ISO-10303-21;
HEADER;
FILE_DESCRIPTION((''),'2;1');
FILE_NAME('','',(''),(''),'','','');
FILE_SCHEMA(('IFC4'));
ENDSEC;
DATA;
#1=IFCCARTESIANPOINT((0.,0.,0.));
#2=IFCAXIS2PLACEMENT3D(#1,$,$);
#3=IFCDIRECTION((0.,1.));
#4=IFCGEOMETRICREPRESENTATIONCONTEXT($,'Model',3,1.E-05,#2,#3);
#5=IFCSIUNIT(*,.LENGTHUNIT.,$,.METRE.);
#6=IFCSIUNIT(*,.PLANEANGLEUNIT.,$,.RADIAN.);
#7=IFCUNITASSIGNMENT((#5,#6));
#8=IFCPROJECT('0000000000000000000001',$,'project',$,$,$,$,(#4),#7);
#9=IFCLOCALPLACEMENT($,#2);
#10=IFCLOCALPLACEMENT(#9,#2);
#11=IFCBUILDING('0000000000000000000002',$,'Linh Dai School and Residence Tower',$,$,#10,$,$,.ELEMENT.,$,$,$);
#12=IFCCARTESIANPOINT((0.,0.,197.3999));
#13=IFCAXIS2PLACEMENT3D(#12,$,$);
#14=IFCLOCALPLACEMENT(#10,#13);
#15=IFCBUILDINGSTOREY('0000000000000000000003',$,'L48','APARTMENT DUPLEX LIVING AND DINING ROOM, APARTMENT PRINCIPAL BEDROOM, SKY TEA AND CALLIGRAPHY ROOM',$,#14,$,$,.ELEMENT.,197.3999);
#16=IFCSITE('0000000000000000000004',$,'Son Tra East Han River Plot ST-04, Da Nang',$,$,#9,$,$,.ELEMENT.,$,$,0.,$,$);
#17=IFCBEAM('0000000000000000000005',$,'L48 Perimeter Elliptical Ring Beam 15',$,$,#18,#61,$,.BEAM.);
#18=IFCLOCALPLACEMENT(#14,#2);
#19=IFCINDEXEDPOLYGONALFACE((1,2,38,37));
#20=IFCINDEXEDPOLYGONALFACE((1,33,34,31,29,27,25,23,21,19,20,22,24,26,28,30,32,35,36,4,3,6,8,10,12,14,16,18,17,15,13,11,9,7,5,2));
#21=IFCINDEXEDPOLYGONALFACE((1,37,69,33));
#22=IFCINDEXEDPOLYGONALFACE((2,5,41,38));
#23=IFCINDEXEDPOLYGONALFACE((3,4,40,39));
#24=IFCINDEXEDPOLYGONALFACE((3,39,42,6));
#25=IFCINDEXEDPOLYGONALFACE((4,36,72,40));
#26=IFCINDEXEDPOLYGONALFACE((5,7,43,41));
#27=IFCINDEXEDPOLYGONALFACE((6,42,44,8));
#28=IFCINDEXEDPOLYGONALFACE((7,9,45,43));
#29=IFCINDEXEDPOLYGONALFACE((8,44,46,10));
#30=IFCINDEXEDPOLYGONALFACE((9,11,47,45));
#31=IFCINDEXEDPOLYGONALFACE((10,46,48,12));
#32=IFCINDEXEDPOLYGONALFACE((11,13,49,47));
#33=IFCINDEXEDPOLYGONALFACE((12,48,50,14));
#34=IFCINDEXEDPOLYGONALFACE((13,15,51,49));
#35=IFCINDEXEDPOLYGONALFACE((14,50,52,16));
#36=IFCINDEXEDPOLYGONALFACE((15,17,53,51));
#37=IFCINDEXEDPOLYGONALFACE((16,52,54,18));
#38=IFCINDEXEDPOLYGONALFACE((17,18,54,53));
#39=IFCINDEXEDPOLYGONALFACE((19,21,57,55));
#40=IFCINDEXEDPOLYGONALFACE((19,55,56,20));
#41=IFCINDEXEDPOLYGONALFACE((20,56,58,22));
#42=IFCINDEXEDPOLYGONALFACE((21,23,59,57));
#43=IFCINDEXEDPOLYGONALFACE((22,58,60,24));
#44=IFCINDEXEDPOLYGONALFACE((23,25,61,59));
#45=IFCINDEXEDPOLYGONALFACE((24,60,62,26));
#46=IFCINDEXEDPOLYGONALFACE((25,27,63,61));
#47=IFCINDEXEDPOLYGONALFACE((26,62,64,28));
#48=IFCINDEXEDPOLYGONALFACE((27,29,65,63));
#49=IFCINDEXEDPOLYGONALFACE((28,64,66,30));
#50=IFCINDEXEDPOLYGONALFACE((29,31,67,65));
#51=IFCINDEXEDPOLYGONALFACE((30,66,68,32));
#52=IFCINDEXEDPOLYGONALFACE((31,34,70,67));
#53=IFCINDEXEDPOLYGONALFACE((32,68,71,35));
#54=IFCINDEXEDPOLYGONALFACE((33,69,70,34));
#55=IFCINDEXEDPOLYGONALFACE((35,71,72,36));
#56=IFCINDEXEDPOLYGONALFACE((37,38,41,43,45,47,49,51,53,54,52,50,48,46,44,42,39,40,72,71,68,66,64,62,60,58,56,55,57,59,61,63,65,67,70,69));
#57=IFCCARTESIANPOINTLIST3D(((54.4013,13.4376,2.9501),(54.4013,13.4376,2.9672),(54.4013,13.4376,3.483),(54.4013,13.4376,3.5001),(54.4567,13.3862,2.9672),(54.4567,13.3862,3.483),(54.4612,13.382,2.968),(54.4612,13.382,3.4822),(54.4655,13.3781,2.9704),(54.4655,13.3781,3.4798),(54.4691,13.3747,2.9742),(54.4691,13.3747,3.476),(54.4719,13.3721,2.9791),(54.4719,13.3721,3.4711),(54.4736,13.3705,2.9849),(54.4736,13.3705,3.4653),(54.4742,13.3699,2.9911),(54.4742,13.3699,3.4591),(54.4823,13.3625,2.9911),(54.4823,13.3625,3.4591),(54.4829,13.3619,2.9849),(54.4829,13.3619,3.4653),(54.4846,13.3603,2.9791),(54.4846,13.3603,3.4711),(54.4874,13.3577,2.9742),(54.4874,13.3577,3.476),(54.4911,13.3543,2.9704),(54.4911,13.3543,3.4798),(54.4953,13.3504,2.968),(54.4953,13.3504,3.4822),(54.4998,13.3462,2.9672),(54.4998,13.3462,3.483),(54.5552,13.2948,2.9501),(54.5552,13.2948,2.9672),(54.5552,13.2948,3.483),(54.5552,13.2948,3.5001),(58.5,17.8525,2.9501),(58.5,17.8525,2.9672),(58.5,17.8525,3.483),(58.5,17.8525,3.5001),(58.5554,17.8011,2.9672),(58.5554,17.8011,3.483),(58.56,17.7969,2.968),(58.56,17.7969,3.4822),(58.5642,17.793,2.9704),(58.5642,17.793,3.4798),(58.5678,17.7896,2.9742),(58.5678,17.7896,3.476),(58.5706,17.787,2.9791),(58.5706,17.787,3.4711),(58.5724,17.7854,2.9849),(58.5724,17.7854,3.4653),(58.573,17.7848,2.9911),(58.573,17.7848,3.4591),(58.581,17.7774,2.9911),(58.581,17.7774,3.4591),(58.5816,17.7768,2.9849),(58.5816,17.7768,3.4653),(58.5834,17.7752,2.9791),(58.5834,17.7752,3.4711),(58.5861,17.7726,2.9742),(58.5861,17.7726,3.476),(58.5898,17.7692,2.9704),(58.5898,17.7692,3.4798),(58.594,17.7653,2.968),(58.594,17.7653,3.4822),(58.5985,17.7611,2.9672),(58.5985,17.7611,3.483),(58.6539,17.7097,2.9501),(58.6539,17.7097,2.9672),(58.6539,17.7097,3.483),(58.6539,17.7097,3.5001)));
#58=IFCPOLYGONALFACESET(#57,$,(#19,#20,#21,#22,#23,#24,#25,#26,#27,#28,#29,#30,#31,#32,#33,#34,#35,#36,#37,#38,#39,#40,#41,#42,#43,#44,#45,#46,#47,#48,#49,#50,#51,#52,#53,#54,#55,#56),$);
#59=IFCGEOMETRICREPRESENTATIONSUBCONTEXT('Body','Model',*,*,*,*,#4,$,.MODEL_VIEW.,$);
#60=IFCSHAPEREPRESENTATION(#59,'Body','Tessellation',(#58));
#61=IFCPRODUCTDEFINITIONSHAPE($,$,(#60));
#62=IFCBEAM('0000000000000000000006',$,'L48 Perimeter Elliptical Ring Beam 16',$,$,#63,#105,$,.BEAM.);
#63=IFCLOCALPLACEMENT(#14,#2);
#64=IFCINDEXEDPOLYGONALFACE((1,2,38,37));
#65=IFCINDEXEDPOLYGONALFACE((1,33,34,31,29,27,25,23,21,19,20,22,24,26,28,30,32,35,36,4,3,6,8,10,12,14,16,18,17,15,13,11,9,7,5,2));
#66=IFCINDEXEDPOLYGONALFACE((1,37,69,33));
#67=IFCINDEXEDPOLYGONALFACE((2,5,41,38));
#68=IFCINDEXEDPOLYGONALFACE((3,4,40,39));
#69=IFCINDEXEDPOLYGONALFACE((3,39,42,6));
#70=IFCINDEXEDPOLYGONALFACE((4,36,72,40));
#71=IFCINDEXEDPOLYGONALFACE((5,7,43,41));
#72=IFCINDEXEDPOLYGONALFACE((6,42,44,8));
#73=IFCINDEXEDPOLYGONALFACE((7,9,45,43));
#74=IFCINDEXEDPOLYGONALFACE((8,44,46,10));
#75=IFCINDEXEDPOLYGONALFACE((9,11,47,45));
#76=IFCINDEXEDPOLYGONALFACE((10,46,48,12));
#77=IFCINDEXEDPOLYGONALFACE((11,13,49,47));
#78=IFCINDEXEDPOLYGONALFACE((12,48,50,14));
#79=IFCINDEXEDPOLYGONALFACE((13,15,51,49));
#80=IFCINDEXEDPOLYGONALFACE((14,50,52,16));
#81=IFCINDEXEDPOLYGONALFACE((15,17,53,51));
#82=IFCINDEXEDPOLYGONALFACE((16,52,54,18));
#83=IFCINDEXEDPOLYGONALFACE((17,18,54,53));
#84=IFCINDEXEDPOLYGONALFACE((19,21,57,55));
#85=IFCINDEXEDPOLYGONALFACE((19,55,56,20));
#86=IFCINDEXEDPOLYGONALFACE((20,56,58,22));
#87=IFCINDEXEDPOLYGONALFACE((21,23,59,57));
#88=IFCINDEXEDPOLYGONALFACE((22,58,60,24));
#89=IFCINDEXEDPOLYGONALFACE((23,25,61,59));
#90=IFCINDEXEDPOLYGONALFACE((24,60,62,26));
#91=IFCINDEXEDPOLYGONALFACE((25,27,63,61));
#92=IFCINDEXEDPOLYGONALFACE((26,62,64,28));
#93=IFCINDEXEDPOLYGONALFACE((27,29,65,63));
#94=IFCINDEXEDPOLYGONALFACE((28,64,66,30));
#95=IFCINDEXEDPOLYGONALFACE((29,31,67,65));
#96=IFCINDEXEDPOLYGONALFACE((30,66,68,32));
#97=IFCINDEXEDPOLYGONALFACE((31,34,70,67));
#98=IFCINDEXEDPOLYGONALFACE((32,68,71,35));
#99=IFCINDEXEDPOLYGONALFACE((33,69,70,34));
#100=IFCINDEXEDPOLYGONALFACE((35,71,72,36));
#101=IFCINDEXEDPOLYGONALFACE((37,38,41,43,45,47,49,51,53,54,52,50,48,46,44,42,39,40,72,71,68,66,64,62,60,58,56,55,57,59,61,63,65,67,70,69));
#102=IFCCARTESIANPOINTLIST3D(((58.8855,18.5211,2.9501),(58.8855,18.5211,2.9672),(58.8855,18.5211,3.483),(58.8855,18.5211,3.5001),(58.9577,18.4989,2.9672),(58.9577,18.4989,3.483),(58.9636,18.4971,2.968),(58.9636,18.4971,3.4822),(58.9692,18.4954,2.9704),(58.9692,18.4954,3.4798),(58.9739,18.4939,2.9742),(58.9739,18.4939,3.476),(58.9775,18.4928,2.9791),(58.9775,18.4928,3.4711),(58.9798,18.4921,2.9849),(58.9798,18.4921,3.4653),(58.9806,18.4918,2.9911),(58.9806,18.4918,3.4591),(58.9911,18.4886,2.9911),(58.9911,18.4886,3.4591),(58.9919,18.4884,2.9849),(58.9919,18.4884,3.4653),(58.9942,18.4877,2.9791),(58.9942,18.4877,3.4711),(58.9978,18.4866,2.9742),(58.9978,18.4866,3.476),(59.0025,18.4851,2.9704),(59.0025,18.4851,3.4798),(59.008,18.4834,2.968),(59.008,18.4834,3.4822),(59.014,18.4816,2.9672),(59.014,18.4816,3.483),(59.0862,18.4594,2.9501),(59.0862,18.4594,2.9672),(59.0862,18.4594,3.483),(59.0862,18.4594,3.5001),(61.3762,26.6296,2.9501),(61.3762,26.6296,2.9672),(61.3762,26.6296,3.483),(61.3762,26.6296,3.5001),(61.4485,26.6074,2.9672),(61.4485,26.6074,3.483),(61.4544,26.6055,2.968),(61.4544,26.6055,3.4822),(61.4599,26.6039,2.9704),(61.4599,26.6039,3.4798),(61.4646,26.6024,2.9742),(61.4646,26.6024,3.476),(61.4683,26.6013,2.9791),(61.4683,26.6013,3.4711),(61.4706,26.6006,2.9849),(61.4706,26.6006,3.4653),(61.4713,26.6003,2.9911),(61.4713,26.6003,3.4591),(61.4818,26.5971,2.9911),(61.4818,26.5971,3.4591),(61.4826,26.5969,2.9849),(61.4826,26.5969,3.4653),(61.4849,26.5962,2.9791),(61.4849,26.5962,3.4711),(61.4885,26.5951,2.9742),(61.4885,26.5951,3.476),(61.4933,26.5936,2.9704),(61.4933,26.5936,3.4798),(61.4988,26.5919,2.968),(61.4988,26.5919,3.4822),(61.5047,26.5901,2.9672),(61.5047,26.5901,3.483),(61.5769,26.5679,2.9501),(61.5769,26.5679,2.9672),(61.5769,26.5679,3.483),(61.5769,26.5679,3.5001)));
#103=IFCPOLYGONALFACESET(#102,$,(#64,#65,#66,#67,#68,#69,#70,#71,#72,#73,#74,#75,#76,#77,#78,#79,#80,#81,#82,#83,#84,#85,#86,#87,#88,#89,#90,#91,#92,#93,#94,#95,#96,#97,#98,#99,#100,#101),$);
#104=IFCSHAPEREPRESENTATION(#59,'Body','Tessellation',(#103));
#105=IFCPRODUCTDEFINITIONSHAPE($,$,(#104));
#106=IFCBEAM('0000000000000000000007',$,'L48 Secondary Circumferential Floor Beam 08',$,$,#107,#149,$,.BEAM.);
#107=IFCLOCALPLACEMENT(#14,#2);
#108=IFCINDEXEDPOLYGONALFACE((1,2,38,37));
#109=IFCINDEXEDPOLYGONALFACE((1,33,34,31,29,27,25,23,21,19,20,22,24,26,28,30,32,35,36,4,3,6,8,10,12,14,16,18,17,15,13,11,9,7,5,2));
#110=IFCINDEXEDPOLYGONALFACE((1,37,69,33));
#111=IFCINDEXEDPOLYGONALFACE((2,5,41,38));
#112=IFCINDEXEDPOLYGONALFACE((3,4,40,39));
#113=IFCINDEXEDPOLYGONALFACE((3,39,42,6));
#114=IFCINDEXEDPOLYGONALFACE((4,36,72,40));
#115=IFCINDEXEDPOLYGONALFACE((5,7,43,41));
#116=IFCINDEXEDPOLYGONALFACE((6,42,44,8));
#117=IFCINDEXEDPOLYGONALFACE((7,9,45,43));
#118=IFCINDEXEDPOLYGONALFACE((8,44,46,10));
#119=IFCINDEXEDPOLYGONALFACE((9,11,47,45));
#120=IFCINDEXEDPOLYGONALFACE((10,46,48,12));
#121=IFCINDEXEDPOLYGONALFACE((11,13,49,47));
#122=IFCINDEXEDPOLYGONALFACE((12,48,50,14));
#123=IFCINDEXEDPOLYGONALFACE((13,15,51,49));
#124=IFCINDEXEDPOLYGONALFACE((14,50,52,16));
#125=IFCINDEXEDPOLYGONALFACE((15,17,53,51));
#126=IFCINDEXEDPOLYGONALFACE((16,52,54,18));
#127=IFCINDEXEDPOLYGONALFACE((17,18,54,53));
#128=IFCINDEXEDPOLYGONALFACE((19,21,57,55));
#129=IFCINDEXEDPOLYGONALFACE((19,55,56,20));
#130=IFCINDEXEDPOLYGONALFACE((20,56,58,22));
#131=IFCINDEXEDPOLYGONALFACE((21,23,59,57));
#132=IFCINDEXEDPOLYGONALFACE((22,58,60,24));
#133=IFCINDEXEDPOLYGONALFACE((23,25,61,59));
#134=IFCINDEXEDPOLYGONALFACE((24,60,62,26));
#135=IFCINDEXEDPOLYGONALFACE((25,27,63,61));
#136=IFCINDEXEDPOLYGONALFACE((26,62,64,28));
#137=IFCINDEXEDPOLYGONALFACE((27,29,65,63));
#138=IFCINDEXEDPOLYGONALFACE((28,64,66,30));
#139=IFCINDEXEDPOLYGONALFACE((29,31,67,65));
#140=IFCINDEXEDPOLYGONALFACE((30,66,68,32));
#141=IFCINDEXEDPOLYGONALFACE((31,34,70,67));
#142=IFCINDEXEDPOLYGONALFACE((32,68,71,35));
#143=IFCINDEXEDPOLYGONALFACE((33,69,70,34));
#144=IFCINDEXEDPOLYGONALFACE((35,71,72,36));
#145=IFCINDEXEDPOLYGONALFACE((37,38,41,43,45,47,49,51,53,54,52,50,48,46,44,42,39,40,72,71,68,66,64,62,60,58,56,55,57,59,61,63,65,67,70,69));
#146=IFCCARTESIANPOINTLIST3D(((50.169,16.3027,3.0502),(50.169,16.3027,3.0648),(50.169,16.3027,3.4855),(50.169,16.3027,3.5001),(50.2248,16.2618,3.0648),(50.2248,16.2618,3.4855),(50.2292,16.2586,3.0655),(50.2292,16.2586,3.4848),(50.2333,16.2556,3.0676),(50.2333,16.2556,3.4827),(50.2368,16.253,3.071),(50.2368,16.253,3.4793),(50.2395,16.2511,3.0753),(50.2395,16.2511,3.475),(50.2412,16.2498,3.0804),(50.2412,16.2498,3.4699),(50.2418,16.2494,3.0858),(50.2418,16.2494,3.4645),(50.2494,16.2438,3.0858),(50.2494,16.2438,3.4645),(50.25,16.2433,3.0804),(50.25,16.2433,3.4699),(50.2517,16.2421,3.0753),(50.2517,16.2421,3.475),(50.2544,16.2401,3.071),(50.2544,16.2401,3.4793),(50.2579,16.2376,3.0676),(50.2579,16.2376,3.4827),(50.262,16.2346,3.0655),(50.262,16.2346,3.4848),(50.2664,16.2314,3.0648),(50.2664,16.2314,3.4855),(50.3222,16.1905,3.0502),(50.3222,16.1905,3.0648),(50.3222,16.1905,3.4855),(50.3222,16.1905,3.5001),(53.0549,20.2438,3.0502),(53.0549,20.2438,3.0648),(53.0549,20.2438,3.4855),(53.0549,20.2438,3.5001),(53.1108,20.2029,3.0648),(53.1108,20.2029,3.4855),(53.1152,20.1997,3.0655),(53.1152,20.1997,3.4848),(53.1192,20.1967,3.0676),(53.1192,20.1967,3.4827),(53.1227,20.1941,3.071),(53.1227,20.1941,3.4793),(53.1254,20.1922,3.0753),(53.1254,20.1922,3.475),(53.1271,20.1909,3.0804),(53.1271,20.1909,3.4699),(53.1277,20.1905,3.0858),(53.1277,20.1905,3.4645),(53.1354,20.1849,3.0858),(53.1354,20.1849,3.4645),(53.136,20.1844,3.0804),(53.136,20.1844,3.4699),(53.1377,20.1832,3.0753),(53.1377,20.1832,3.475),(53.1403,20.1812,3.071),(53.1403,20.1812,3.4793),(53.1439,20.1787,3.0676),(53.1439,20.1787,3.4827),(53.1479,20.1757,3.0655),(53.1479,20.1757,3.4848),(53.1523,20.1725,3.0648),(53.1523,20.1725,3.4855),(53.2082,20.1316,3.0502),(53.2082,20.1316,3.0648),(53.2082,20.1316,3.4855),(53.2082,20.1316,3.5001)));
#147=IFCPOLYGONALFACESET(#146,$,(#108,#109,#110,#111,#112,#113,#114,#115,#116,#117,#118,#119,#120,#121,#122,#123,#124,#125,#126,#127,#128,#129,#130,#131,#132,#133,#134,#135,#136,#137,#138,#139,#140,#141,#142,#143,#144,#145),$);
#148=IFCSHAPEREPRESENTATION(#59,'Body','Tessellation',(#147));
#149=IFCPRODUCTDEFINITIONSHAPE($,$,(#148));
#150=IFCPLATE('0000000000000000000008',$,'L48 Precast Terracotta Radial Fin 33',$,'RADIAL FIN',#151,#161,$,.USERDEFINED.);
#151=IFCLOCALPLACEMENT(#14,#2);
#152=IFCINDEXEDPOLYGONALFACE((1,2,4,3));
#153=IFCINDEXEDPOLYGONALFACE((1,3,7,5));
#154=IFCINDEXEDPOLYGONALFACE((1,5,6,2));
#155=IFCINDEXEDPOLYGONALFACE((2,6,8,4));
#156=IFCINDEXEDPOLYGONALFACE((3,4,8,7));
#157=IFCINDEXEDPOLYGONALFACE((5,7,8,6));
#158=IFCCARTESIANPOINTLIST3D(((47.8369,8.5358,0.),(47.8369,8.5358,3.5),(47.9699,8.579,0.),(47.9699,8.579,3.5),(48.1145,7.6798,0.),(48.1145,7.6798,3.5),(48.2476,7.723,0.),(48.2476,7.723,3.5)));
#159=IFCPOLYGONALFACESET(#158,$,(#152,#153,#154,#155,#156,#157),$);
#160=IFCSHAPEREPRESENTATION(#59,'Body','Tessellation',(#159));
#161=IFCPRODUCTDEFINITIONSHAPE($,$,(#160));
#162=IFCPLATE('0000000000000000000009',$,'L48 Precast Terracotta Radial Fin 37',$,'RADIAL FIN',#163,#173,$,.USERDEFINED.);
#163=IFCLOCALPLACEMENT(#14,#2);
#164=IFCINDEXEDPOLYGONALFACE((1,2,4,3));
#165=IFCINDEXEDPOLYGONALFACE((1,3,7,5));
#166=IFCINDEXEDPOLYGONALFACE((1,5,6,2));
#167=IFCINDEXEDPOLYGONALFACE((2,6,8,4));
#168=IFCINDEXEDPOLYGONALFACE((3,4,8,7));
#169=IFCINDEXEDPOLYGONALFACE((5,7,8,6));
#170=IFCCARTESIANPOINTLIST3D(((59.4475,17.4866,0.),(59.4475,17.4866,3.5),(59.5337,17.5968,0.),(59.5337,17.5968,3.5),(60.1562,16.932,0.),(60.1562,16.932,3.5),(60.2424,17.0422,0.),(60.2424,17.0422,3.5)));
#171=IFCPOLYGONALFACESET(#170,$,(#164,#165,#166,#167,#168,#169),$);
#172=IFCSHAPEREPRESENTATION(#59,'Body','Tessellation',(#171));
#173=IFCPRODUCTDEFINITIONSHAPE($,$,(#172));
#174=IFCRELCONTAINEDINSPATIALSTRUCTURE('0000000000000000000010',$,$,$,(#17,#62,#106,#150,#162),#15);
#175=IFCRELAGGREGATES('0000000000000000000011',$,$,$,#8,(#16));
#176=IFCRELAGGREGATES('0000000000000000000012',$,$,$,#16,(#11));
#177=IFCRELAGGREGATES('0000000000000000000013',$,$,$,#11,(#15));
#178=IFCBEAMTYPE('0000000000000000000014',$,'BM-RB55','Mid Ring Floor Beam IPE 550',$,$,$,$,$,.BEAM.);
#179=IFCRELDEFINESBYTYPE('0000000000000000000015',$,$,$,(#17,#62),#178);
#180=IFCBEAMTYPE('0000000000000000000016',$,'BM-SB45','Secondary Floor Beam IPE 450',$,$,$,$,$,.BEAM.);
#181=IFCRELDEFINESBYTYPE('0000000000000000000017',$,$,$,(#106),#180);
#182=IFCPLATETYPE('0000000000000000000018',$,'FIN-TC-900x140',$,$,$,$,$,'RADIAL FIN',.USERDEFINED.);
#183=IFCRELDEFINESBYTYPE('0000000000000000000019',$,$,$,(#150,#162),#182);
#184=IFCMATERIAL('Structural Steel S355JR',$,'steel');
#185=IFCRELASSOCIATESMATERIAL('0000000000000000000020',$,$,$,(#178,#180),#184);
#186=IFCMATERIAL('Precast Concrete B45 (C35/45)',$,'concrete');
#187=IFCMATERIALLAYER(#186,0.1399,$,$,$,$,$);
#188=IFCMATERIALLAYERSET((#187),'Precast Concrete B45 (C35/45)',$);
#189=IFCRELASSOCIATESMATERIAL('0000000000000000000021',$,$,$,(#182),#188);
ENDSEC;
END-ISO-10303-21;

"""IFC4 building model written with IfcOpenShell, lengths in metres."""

from ifc_helpers import new_model, si_unit, direction, frame, origin, origin_2d, place, context, subcontext, project, spatial, rectangle, i_section, extrude, source, transform, mapped, material, layer, layer_set, material_profile, profile_set, type_object, element, save


model = new_model("IFC4")

# Units and contexts
model_context = context("Model", 3, precision=1e-05, world=origin(), true_north=direction((0.0, 1.0)))
body_context = subcontext(model_context, "Body", "Model", "MODEL_VIEW")
ifc_project = project(units=[si_unit("LENGTHUNIT", "METRE"), si_unit("PLANEANGLEUNIT", "RADIAN")], contexts=[model_context])

# Site, building, storey
site_placement = place(None, origin())
site = spatial("IfcSite", under=ifc_project, at=site_placement, Name="Son Tra East Han River Plot ST-04, Da Nang", CompositionType="ELEMENT", RefElevation=0.0)
building_placement = place(site_placement, origin())
building = spatial("IfcBuilding", under=site, at=building_placement, Name="Linh Dai School and Residence Tower", CompositionType="ELEMENT")
storey_placement = place(building_placement, frame((0.0, 0.0, 197.3999)))
storey = spatial("IfcBuildingStorey", under=building, at=storey_placement, Name="L48", Description="APARTMENT DUPLEX LIVING AND DINING ROOM, APARTMENT PRINCIPAL BEDROOM, SKY TEA AND CALLIGRAPHY ROOM", CompositionType="ELEMENT", Elevation=197.3999)

# Shared definitions
ifc_material_1 = material(Name="Structural Steel S355JR", Category="steel")

# Beams
ifc_material_profile_1 = material_profile(ifc_material_1, i_section(OverallWidth=0.21, OverallDepth=0.55, WebThickness=0.011, FlangeThickness=0.0171, FilletRadius=0.0239, at=origin_2d()), Name="IPE 550")
ifc_profile_set_1 = profile_set([ifc_material_profile_1], Name="Structural Steel S355JR")
beam_type_1 = type_object("IfcBeamType", Name="BM-RB55", Description="Mid Ring Floor Beam IPE 550", PredefinedType="BEAM", material=ifc_profile_set_1)
beam_1_placement = place(storey_placement, frame((54.4783, 13.3662, 3.2251), z_axis=(0.680378, 0.732861, 0.0), x_axis=(-0.732861, 0.680378, 0.0)))
element("IfcBeam", 1, at=beam_1_placement, inside=storey, type_object=beam_type_1, Name="L48 Perimeter Elliptical Ring Beam 15", PredefinedType="BEAM", context=body_context, shape_type="SweptSolid", body=[
    extrude(i_section(OverallWidth=0.21, OverallDepth=0.55, WebThickness=0.011, FlangeThickness=0.0171, FilletRadius=0.0239, at=origin_2d()), origin(), (0.0, 0.0, 1.0), 6.0242),
])
beam_2_placement = place(storey_placement, frame((58.9858, 18.4902, 3.2251), z_axis=(0.293637, 0.955917, 0.0), x_axis=(-0.955917, 0.293637, 0.0)))
element("IfcBeam", 2, at=beam_2_placement, inside=storey, type_object=beam_type_1, Name="L48 Perimeter Elliptical Ring Beam 16", PredefinedType="BEAM", context=body_context, shape_type="SweptSolid", body=[
    extrude(i_section(OverallWidth=0.21, OverallDepth=0.55, WebThickness=0.011, FlangeThickness=0.0171, FilletRadius=0.0239, at=origin_2d()), origin(), (0.0, 0.0, 1.0), 8.4824),
])
ifc_material_profile_2 = material_profile(ifc_material_1, i_section(OverallWidth=0.1899, OverallDepth=0.45, WebThickness=0.0095, FlangeThickness=0.0146, FilletRadius=0.021, at=origin_2d()), Name="IPE 450")
ifc_profile_set_2 = profile_set([ifc_material_profile_2], Name="Structural Steel S355JR")
beam_type_2 = type_object("IfcBeamType", Name="BM-SB45", Description="Secondary Floor Beam IPE 450", PredefinedType="BEAM", material=ifc_profile_set_2)
beam_3_placement = place(storey_placement, frame((50.2456, 16.2466, 3.2751), z_axis=(0.590805, 0.806815, 0.0), x_axis=(-0.806815, 0.590805, 0.0)))
element("IfcBeam", 3, at=beam_3_placement, inside=storey, type_object=beam_type_2, Name="L48 Secondary Circumferential Floor Beam 08", PredefinedType="BEAM", context=body_context, shape_type="SweptSolid", body=[
    extrude(i_section(OverallWidth=0.1899, OverallDepth=0.45, WebThickness=0.0095, FlangeThickness=0.0146, FilletRadius=0.021, at=origin_2d()), origin(), (0.0, 0.0, 1.0), 4.8848),
])

# Plates
ifc_material_2 = material(Name="Precast Concrete B45 (C35/45)", Category="concrete")
ifc_layer_1 = layer(ifc_material_2, 0.1399)
ifc_layer_set_1 = layer_set([ifc_layer_1], Name="Precast Concrete B45 (C35/45)")
plate_type = type_object("IfcPlateType", Name="FIN-TC-900x140", ElementType="RADIAL FIN", PredefinedType="USERDEFINED", material=ifc_layer_set_1)
shared_shape_1 = source(origin(), body_context, "Body", "SweptSolid", [
    extrude(rectangle(XDim=0.8999, YDim=0.1399, at=origin_2d()), origin(), (0.0, 0.0, 1.0), 3.5),
])
for number, where, z_axis, x_axis, name in (
    (4, (48.0422, 8.1294, 0.0), (0.0, 0.0, 1.0), (0.308536, -0.951213, 0.0), "L48 Precast Terracotta Radial Fin 33"),
    (5, (59.845, 17.2644, 0.0), (0.0, 0.0, 1.0), (0.787522, -0.616286, 0.0), "L48 Precast Terracotta Radial Fin 37"),
):
    element("IfcPlate", number, at=place(storey_placement, frame(where, z_axis=z_axis, x_axis=x_axis)), inside=storey, type_object=plate_type, Name=name, ObjectType="RADIAL FIN", PredefinedType="USERDEFINED", context=body_context, shape_type="MappedRepresentation", body=[
        mapped(shared_shape_1, transform((0.0, 0.0, 0.0), x_axis=(1.0, 0.0, 0.0), y_axis=(0.0, 1.0, 0.0), z_axis=(0.0, 0.0, 1.0), scale=1.0)),
    ])

save(model, "model.ifc")
